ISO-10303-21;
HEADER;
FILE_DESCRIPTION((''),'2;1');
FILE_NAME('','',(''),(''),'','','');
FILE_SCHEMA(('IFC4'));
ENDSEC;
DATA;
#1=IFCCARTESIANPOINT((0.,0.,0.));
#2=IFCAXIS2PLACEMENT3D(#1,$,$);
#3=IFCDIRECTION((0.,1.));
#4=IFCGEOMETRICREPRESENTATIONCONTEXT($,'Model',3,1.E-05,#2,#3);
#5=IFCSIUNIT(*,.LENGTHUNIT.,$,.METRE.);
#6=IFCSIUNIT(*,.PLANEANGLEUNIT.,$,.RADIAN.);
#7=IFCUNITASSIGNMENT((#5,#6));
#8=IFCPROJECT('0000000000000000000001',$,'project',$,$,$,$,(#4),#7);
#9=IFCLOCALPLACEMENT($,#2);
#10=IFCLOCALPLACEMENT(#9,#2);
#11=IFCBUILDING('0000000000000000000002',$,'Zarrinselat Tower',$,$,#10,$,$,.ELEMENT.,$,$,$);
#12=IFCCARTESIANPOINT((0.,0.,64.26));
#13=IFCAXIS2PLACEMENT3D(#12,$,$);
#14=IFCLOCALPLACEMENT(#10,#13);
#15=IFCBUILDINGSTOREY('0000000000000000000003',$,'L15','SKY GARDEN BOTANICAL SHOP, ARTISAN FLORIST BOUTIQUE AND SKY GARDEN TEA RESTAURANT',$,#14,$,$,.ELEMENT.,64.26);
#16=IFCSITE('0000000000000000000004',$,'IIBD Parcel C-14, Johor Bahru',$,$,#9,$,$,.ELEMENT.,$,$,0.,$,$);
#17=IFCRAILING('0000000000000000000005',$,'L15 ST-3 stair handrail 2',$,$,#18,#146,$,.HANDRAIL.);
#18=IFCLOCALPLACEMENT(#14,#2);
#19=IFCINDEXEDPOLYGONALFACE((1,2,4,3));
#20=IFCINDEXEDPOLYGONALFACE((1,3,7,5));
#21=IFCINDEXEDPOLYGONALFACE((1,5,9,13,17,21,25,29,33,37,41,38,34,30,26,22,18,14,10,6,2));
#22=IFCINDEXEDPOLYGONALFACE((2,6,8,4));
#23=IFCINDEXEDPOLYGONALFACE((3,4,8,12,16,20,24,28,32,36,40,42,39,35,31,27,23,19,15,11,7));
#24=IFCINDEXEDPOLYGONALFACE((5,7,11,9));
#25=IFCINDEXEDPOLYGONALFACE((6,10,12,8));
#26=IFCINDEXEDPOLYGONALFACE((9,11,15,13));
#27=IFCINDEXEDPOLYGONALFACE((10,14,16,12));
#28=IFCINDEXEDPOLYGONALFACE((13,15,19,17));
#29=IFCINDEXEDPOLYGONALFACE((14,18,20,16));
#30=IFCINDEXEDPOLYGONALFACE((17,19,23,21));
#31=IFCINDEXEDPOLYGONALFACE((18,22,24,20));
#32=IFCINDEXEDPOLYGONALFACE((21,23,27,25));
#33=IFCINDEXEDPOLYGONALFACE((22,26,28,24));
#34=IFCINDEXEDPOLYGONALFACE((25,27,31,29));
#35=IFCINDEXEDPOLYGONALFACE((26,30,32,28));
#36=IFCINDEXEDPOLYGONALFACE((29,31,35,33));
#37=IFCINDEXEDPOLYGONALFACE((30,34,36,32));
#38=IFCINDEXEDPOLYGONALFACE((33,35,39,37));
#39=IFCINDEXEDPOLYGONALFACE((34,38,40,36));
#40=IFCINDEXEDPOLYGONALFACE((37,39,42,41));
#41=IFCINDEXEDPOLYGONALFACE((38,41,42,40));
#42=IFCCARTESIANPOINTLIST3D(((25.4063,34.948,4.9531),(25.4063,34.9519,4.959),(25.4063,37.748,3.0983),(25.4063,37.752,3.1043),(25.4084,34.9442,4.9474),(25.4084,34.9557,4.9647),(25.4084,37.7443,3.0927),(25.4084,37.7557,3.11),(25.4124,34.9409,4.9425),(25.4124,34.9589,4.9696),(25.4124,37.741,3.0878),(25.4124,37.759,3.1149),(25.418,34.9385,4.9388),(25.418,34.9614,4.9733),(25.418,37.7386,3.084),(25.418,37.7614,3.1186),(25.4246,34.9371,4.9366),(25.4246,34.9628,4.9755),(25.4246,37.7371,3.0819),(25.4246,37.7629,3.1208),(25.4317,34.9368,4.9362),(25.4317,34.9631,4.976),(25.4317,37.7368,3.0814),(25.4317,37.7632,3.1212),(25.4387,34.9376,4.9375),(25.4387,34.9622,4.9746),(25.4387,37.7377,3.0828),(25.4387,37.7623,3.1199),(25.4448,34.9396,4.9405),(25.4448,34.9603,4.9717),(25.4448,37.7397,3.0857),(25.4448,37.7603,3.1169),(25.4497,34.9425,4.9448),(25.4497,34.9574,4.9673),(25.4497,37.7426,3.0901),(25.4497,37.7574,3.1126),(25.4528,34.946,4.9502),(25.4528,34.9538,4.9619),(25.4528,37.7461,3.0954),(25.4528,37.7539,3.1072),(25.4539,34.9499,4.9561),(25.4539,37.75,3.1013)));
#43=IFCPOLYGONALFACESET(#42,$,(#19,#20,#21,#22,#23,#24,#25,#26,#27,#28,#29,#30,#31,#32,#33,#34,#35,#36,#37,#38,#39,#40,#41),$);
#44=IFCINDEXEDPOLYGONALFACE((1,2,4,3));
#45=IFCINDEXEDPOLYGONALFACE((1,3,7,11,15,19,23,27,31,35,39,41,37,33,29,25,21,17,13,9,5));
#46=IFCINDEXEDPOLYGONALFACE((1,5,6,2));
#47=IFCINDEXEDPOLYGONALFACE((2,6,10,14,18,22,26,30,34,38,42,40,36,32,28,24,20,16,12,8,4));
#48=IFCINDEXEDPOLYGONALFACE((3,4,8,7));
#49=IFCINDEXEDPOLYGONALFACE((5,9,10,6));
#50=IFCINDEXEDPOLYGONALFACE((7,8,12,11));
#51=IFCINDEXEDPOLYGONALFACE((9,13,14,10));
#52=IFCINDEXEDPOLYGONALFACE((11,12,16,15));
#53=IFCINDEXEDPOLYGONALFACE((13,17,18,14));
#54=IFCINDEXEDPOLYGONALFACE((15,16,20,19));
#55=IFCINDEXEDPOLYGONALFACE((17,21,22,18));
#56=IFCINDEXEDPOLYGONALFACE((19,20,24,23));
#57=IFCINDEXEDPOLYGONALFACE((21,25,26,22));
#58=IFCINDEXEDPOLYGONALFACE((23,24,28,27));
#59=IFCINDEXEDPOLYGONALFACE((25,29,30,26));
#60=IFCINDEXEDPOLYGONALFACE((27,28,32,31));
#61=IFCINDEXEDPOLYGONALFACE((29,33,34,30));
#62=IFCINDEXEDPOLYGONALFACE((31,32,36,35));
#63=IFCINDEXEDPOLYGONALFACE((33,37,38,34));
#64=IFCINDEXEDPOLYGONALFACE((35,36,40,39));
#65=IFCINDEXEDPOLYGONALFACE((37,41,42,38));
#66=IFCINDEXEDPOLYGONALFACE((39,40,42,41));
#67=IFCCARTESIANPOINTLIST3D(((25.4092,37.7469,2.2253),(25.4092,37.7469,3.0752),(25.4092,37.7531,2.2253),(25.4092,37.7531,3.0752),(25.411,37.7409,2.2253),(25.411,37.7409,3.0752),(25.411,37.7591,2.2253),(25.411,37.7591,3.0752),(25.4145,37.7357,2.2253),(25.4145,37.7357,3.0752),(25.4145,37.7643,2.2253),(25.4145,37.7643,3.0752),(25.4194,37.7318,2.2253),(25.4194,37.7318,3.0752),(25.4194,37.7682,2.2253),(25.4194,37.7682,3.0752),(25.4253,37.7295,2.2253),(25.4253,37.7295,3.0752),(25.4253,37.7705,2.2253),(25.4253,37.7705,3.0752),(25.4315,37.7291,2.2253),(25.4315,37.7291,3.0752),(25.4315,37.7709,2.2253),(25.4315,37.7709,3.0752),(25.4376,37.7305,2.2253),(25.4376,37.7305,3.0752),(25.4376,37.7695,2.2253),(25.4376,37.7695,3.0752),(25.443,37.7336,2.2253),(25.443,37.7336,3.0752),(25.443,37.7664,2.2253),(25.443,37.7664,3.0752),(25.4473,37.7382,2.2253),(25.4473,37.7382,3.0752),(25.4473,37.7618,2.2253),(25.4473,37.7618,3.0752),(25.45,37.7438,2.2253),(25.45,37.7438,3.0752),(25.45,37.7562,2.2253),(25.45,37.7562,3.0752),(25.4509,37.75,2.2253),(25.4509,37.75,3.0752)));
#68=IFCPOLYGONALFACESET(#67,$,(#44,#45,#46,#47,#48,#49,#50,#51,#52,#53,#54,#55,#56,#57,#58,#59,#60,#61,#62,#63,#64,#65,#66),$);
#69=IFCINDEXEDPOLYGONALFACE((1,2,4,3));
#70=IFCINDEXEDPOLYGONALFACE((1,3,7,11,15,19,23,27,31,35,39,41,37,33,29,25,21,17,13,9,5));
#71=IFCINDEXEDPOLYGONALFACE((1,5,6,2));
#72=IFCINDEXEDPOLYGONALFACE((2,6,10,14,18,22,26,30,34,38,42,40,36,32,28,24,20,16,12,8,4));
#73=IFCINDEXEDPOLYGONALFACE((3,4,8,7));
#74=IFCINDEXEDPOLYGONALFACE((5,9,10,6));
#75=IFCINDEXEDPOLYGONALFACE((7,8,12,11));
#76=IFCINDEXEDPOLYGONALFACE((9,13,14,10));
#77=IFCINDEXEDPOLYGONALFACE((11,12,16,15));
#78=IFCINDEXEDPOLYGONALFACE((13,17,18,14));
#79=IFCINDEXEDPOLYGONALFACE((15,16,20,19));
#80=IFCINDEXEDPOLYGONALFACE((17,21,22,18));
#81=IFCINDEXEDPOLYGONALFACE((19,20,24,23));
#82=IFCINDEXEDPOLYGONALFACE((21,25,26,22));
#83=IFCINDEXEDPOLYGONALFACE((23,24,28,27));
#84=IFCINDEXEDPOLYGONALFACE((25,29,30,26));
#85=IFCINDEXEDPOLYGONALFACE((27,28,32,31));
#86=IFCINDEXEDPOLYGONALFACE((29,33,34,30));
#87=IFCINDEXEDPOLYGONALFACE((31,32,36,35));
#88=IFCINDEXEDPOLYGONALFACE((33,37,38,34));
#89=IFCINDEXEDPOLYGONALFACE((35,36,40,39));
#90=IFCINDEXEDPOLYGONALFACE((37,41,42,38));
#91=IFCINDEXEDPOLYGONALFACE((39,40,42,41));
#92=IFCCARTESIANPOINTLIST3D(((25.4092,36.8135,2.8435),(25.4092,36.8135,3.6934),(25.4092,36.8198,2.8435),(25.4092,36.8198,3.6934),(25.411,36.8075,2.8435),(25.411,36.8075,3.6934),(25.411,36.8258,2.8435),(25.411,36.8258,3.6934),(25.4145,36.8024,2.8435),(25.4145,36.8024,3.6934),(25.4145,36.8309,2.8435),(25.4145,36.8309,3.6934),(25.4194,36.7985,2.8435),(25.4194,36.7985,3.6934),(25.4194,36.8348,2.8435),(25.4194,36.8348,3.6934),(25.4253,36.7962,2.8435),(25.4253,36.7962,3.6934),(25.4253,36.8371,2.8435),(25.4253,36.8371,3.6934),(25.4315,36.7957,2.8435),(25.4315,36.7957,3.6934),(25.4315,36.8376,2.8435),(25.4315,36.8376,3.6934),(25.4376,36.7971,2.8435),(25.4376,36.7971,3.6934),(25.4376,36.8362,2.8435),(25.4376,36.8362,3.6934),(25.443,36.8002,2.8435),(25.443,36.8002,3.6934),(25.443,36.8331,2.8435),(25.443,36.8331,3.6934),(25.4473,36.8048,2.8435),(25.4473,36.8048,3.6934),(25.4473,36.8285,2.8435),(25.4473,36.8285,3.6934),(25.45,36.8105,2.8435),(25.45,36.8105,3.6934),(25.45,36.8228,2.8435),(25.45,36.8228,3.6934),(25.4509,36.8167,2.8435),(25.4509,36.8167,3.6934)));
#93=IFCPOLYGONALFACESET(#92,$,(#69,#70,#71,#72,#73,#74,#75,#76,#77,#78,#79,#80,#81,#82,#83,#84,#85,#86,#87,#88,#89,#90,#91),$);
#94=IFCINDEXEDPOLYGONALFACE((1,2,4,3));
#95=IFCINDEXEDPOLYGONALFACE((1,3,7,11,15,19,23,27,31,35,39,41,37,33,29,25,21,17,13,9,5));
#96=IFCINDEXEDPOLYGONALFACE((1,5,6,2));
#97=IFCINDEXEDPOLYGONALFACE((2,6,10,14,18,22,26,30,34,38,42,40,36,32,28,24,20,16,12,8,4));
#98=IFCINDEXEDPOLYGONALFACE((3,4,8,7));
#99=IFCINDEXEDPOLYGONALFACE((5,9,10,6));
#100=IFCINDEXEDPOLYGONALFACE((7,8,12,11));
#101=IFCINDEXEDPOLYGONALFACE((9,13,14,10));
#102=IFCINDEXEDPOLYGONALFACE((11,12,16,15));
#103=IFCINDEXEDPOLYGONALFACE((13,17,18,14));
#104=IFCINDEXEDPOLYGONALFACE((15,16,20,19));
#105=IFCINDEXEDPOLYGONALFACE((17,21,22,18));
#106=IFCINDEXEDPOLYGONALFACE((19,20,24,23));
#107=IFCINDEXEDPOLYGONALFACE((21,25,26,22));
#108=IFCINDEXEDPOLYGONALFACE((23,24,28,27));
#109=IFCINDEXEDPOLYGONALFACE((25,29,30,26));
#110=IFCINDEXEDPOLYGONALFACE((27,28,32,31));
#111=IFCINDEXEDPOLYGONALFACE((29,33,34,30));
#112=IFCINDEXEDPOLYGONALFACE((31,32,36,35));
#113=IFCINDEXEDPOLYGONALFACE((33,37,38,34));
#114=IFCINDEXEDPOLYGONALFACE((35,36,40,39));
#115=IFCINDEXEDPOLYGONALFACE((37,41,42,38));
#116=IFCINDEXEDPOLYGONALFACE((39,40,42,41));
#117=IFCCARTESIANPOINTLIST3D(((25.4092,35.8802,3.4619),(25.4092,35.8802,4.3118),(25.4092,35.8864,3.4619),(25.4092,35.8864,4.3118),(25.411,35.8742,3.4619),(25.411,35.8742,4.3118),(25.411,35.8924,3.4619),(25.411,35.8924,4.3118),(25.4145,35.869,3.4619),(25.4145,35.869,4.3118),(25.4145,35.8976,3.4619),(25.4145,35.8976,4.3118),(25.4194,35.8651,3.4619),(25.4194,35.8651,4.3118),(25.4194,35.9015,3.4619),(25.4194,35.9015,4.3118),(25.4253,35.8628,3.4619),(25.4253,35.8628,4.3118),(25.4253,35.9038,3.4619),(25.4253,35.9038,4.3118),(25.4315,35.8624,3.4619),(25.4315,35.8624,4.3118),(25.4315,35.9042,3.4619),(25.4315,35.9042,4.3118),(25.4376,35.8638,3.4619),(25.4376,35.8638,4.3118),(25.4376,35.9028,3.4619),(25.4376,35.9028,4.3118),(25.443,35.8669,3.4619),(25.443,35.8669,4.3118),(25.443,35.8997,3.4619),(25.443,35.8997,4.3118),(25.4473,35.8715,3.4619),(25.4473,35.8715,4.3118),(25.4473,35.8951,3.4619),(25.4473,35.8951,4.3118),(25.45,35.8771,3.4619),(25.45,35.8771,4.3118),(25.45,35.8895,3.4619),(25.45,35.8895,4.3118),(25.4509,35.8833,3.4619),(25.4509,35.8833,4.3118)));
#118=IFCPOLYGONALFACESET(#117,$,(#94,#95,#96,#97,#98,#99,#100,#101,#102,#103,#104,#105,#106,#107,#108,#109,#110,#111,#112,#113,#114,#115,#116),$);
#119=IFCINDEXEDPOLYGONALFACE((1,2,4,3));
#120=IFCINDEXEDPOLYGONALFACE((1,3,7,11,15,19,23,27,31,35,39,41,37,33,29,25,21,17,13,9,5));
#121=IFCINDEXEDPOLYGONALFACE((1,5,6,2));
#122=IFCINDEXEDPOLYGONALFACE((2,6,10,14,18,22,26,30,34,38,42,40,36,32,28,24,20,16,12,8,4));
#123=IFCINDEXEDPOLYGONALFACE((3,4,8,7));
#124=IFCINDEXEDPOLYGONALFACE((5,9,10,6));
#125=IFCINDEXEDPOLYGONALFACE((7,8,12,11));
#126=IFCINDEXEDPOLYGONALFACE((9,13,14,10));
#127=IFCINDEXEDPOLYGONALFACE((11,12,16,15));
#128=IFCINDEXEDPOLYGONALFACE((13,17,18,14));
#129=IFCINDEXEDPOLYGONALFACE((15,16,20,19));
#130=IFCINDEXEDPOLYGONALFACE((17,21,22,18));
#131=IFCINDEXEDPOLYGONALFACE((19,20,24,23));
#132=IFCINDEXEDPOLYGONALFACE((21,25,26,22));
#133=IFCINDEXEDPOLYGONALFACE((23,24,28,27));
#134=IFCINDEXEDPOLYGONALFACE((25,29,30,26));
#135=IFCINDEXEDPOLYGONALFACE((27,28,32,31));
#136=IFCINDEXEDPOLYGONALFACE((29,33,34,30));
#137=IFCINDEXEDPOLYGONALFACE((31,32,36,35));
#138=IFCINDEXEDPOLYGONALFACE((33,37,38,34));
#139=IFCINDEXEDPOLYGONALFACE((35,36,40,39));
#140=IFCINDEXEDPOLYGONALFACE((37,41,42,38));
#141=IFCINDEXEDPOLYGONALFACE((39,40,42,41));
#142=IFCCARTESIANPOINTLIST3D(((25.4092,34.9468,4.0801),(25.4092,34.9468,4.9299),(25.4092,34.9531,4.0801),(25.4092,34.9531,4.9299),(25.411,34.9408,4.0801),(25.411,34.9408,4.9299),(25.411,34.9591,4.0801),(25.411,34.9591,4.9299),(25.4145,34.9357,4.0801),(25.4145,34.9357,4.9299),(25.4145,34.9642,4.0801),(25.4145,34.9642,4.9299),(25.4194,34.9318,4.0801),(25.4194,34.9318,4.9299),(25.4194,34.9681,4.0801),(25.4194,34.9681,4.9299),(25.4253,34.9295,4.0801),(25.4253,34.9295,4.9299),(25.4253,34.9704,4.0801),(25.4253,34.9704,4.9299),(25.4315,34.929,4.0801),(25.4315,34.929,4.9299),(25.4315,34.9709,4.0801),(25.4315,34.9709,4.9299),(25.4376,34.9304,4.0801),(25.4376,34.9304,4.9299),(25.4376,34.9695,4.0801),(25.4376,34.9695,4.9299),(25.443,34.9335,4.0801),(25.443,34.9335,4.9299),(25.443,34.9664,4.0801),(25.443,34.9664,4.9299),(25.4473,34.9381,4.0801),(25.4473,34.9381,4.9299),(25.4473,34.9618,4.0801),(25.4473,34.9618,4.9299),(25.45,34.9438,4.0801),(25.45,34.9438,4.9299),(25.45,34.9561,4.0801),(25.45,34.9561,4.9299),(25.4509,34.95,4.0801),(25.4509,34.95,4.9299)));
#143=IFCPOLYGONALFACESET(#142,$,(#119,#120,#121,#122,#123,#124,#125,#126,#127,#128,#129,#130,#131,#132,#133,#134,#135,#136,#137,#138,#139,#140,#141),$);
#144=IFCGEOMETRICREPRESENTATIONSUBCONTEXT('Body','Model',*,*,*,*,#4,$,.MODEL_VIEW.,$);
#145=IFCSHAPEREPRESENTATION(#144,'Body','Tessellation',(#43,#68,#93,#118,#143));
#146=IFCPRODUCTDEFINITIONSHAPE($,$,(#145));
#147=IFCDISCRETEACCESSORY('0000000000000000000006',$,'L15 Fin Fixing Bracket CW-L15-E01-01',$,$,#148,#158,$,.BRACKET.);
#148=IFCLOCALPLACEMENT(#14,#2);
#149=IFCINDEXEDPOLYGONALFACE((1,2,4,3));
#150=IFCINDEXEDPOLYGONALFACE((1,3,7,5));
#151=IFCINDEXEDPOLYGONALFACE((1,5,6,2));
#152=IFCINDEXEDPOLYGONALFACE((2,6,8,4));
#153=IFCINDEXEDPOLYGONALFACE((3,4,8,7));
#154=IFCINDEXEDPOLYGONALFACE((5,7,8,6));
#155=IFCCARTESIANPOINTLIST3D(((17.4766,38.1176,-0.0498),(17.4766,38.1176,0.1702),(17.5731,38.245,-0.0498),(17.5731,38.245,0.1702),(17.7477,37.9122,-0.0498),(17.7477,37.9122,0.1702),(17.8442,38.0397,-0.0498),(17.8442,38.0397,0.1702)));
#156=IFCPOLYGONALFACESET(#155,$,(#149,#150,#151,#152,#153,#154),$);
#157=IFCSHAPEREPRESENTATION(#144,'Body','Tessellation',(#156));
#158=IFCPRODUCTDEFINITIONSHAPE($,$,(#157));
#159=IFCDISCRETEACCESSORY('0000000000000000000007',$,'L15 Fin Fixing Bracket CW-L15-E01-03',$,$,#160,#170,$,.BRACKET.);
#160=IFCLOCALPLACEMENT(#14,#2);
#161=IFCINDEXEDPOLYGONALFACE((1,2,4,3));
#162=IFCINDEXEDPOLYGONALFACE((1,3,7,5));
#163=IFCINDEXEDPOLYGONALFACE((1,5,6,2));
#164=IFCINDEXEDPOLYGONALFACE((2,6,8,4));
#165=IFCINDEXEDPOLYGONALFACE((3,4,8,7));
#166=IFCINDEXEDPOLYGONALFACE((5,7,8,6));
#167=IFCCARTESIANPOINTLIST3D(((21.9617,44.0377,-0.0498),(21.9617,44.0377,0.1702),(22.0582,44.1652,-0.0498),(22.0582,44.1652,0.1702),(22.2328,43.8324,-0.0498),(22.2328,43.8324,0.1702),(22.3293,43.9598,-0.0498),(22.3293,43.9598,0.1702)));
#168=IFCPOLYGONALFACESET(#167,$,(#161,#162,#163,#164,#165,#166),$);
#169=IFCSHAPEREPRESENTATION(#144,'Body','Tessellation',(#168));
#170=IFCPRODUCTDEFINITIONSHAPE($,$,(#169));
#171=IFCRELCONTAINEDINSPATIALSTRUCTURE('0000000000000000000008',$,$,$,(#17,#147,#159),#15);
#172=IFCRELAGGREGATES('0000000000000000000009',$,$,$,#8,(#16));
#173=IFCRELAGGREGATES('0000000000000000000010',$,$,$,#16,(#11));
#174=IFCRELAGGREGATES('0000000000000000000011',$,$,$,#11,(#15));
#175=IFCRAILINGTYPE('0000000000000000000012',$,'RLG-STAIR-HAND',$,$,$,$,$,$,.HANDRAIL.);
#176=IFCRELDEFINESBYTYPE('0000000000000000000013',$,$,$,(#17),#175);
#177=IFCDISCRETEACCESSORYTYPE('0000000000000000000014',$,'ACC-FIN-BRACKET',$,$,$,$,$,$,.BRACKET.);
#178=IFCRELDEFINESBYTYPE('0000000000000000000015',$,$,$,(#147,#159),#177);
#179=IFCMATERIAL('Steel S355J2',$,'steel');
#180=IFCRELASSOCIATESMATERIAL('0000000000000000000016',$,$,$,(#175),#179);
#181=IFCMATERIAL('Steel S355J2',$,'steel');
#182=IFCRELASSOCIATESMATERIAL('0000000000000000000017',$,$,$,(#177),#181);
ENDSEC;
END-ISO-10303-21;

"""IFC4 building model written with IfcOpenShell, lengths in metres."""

from ifc_helpers import new_model, si_unit, direction, frame, origin, origin_2d, place, context, subcontext, project, spatial, rectangle, circle, extrude, material, type_object, element, save


model = new_model("IFC4")

# Units and contexts
model_context = context("Model", 3, precision=1e-05, world=origin(), true_north=direction((0.0, 1.0)))
body_context = subcontext(model_context, "Body", "Model", "MODEL_VIEW")
ifc_project = project(units=[si_unit("LENGTHUNIT", "METRE"), si_unit("PLANEANGLEUNIT", "RADIAN")], contexts=[model_context])

# Site, building, storey
site_placement = place(None, origin())
site = spatial("IfcSite", under=ifc_project, at=site_placement, Name="IIBD Parcel C-14, Johor Bahru", CompositionType="ELEMENT", RefElevation=0.0)
building_placement = place(site_placement, origin())
building = spatial("IfcBuilding", under=site, at=building_placement, Name="Zarrinselat Tower", CompositionType="ELEMENT")
storey_placement = place(building_placement, frame((0.0, 0.0, 64.26)))
storey = spatial("IfcBuildingStorey", under=building, at=storey_placement, Name="L15", Description="SKY GARDEN BOTANICAL SHOP, ARTISAN FLORIST BOUTIQUE AND SKY GARDEN TEA RESTAURANT", CompositionType="ELEMENT", Elevation=64.26)

# Railing
ifc_material_1 = material(Name="Steel S355J2", Category="steel")
railing_type_1 = type_object("IfcRailingType", Name="RLG-STAIR-HAND", PredefinedType="HANDRAIL", material=ifc_material_1)
railing_1_placement = place(storey_placement, frame((25.4299, 37.75, 2.2253)))
element("IfcRailing", 1, at=railing_1_placement, inside=storey, type_object=railing_type_1, Name="L15 ST-3 stair handrail 2", PredefinedType="HANDRAIL", context=body_context, shape_type="SweptSolid", body=[
    extrude(circle(Radius=0.0239, at=origin_2d()), frame((0.0, 0.0, 0.876), z_axis=(0.0, -0.833691, 0.552232), x_axis=(1.0, 0.0, 0.0)), (0.0, 0.0, 1.0), 3.3586),
    extrude(circle(Radius=0.021, at=origin_2d()), origin(), (0.0, 0.0, 1.0), 0.8499),
    extrude(circle(Radius=0.021, at=origin_2d()), frame((0.0, -0.9333, 0.6182)), (0.0, 0.0, 1.0), 0.8499),
    extrude(circle(Radius=0.021, at=origin_2d()), frame((0.0, -1.8667, 1.2366)), (0.0, 0.0, 1.0), 0.8499),
    extrude(circle(Radius=0.021, at=origin_2d()), frame((0.0, -2.8, 1.8547)), (0.0, 0.0, 1.0), 0.8499),
])

# Discrete accessories
ifc_material_2 = material(Name="Steel S355J2", Category="steel")
discrete_accessory_type = type_object("IfcDiscreteAccessoryType", Name="ACC-FIN-BRACKET", PredefinedType="BRACKET", material=ifc_material_2)
for number, where, z_axis, x_axis, name in (
    (2, (17.6604, 38.0786, -0.0498), (0.0, 0.0, 1.0), (-0.797093, 0.603857, 0.0), "L15 Fin Fixing Bracket CW-L15-E01-01"),
    (3, (22.1455, 43.9988, -0.0498), (0.0, 0.0, 1.0), (-0.797093, 0.603857, 0.0), "L15 Fin Fixing Bracket CW-L15-E01-03"),
):
    element("IfcDiscreteAccessory", number, at=place(storey_placement, frame(where, z_axis=z_axis, x_axis=x_axis)), inside=storey, type_object=discrete_accessory_type, Name=name, PredefinedType="BRACKET", context=body_context, shape_type="SweptSolid", body=[
        extrude(rectangle(XDim=0.3401, YDim=0.1599, at=origin_2d()), origin(), (0.0, 0.0, 1.0), 0.22),
    ])

save(model, "model.ifc")
